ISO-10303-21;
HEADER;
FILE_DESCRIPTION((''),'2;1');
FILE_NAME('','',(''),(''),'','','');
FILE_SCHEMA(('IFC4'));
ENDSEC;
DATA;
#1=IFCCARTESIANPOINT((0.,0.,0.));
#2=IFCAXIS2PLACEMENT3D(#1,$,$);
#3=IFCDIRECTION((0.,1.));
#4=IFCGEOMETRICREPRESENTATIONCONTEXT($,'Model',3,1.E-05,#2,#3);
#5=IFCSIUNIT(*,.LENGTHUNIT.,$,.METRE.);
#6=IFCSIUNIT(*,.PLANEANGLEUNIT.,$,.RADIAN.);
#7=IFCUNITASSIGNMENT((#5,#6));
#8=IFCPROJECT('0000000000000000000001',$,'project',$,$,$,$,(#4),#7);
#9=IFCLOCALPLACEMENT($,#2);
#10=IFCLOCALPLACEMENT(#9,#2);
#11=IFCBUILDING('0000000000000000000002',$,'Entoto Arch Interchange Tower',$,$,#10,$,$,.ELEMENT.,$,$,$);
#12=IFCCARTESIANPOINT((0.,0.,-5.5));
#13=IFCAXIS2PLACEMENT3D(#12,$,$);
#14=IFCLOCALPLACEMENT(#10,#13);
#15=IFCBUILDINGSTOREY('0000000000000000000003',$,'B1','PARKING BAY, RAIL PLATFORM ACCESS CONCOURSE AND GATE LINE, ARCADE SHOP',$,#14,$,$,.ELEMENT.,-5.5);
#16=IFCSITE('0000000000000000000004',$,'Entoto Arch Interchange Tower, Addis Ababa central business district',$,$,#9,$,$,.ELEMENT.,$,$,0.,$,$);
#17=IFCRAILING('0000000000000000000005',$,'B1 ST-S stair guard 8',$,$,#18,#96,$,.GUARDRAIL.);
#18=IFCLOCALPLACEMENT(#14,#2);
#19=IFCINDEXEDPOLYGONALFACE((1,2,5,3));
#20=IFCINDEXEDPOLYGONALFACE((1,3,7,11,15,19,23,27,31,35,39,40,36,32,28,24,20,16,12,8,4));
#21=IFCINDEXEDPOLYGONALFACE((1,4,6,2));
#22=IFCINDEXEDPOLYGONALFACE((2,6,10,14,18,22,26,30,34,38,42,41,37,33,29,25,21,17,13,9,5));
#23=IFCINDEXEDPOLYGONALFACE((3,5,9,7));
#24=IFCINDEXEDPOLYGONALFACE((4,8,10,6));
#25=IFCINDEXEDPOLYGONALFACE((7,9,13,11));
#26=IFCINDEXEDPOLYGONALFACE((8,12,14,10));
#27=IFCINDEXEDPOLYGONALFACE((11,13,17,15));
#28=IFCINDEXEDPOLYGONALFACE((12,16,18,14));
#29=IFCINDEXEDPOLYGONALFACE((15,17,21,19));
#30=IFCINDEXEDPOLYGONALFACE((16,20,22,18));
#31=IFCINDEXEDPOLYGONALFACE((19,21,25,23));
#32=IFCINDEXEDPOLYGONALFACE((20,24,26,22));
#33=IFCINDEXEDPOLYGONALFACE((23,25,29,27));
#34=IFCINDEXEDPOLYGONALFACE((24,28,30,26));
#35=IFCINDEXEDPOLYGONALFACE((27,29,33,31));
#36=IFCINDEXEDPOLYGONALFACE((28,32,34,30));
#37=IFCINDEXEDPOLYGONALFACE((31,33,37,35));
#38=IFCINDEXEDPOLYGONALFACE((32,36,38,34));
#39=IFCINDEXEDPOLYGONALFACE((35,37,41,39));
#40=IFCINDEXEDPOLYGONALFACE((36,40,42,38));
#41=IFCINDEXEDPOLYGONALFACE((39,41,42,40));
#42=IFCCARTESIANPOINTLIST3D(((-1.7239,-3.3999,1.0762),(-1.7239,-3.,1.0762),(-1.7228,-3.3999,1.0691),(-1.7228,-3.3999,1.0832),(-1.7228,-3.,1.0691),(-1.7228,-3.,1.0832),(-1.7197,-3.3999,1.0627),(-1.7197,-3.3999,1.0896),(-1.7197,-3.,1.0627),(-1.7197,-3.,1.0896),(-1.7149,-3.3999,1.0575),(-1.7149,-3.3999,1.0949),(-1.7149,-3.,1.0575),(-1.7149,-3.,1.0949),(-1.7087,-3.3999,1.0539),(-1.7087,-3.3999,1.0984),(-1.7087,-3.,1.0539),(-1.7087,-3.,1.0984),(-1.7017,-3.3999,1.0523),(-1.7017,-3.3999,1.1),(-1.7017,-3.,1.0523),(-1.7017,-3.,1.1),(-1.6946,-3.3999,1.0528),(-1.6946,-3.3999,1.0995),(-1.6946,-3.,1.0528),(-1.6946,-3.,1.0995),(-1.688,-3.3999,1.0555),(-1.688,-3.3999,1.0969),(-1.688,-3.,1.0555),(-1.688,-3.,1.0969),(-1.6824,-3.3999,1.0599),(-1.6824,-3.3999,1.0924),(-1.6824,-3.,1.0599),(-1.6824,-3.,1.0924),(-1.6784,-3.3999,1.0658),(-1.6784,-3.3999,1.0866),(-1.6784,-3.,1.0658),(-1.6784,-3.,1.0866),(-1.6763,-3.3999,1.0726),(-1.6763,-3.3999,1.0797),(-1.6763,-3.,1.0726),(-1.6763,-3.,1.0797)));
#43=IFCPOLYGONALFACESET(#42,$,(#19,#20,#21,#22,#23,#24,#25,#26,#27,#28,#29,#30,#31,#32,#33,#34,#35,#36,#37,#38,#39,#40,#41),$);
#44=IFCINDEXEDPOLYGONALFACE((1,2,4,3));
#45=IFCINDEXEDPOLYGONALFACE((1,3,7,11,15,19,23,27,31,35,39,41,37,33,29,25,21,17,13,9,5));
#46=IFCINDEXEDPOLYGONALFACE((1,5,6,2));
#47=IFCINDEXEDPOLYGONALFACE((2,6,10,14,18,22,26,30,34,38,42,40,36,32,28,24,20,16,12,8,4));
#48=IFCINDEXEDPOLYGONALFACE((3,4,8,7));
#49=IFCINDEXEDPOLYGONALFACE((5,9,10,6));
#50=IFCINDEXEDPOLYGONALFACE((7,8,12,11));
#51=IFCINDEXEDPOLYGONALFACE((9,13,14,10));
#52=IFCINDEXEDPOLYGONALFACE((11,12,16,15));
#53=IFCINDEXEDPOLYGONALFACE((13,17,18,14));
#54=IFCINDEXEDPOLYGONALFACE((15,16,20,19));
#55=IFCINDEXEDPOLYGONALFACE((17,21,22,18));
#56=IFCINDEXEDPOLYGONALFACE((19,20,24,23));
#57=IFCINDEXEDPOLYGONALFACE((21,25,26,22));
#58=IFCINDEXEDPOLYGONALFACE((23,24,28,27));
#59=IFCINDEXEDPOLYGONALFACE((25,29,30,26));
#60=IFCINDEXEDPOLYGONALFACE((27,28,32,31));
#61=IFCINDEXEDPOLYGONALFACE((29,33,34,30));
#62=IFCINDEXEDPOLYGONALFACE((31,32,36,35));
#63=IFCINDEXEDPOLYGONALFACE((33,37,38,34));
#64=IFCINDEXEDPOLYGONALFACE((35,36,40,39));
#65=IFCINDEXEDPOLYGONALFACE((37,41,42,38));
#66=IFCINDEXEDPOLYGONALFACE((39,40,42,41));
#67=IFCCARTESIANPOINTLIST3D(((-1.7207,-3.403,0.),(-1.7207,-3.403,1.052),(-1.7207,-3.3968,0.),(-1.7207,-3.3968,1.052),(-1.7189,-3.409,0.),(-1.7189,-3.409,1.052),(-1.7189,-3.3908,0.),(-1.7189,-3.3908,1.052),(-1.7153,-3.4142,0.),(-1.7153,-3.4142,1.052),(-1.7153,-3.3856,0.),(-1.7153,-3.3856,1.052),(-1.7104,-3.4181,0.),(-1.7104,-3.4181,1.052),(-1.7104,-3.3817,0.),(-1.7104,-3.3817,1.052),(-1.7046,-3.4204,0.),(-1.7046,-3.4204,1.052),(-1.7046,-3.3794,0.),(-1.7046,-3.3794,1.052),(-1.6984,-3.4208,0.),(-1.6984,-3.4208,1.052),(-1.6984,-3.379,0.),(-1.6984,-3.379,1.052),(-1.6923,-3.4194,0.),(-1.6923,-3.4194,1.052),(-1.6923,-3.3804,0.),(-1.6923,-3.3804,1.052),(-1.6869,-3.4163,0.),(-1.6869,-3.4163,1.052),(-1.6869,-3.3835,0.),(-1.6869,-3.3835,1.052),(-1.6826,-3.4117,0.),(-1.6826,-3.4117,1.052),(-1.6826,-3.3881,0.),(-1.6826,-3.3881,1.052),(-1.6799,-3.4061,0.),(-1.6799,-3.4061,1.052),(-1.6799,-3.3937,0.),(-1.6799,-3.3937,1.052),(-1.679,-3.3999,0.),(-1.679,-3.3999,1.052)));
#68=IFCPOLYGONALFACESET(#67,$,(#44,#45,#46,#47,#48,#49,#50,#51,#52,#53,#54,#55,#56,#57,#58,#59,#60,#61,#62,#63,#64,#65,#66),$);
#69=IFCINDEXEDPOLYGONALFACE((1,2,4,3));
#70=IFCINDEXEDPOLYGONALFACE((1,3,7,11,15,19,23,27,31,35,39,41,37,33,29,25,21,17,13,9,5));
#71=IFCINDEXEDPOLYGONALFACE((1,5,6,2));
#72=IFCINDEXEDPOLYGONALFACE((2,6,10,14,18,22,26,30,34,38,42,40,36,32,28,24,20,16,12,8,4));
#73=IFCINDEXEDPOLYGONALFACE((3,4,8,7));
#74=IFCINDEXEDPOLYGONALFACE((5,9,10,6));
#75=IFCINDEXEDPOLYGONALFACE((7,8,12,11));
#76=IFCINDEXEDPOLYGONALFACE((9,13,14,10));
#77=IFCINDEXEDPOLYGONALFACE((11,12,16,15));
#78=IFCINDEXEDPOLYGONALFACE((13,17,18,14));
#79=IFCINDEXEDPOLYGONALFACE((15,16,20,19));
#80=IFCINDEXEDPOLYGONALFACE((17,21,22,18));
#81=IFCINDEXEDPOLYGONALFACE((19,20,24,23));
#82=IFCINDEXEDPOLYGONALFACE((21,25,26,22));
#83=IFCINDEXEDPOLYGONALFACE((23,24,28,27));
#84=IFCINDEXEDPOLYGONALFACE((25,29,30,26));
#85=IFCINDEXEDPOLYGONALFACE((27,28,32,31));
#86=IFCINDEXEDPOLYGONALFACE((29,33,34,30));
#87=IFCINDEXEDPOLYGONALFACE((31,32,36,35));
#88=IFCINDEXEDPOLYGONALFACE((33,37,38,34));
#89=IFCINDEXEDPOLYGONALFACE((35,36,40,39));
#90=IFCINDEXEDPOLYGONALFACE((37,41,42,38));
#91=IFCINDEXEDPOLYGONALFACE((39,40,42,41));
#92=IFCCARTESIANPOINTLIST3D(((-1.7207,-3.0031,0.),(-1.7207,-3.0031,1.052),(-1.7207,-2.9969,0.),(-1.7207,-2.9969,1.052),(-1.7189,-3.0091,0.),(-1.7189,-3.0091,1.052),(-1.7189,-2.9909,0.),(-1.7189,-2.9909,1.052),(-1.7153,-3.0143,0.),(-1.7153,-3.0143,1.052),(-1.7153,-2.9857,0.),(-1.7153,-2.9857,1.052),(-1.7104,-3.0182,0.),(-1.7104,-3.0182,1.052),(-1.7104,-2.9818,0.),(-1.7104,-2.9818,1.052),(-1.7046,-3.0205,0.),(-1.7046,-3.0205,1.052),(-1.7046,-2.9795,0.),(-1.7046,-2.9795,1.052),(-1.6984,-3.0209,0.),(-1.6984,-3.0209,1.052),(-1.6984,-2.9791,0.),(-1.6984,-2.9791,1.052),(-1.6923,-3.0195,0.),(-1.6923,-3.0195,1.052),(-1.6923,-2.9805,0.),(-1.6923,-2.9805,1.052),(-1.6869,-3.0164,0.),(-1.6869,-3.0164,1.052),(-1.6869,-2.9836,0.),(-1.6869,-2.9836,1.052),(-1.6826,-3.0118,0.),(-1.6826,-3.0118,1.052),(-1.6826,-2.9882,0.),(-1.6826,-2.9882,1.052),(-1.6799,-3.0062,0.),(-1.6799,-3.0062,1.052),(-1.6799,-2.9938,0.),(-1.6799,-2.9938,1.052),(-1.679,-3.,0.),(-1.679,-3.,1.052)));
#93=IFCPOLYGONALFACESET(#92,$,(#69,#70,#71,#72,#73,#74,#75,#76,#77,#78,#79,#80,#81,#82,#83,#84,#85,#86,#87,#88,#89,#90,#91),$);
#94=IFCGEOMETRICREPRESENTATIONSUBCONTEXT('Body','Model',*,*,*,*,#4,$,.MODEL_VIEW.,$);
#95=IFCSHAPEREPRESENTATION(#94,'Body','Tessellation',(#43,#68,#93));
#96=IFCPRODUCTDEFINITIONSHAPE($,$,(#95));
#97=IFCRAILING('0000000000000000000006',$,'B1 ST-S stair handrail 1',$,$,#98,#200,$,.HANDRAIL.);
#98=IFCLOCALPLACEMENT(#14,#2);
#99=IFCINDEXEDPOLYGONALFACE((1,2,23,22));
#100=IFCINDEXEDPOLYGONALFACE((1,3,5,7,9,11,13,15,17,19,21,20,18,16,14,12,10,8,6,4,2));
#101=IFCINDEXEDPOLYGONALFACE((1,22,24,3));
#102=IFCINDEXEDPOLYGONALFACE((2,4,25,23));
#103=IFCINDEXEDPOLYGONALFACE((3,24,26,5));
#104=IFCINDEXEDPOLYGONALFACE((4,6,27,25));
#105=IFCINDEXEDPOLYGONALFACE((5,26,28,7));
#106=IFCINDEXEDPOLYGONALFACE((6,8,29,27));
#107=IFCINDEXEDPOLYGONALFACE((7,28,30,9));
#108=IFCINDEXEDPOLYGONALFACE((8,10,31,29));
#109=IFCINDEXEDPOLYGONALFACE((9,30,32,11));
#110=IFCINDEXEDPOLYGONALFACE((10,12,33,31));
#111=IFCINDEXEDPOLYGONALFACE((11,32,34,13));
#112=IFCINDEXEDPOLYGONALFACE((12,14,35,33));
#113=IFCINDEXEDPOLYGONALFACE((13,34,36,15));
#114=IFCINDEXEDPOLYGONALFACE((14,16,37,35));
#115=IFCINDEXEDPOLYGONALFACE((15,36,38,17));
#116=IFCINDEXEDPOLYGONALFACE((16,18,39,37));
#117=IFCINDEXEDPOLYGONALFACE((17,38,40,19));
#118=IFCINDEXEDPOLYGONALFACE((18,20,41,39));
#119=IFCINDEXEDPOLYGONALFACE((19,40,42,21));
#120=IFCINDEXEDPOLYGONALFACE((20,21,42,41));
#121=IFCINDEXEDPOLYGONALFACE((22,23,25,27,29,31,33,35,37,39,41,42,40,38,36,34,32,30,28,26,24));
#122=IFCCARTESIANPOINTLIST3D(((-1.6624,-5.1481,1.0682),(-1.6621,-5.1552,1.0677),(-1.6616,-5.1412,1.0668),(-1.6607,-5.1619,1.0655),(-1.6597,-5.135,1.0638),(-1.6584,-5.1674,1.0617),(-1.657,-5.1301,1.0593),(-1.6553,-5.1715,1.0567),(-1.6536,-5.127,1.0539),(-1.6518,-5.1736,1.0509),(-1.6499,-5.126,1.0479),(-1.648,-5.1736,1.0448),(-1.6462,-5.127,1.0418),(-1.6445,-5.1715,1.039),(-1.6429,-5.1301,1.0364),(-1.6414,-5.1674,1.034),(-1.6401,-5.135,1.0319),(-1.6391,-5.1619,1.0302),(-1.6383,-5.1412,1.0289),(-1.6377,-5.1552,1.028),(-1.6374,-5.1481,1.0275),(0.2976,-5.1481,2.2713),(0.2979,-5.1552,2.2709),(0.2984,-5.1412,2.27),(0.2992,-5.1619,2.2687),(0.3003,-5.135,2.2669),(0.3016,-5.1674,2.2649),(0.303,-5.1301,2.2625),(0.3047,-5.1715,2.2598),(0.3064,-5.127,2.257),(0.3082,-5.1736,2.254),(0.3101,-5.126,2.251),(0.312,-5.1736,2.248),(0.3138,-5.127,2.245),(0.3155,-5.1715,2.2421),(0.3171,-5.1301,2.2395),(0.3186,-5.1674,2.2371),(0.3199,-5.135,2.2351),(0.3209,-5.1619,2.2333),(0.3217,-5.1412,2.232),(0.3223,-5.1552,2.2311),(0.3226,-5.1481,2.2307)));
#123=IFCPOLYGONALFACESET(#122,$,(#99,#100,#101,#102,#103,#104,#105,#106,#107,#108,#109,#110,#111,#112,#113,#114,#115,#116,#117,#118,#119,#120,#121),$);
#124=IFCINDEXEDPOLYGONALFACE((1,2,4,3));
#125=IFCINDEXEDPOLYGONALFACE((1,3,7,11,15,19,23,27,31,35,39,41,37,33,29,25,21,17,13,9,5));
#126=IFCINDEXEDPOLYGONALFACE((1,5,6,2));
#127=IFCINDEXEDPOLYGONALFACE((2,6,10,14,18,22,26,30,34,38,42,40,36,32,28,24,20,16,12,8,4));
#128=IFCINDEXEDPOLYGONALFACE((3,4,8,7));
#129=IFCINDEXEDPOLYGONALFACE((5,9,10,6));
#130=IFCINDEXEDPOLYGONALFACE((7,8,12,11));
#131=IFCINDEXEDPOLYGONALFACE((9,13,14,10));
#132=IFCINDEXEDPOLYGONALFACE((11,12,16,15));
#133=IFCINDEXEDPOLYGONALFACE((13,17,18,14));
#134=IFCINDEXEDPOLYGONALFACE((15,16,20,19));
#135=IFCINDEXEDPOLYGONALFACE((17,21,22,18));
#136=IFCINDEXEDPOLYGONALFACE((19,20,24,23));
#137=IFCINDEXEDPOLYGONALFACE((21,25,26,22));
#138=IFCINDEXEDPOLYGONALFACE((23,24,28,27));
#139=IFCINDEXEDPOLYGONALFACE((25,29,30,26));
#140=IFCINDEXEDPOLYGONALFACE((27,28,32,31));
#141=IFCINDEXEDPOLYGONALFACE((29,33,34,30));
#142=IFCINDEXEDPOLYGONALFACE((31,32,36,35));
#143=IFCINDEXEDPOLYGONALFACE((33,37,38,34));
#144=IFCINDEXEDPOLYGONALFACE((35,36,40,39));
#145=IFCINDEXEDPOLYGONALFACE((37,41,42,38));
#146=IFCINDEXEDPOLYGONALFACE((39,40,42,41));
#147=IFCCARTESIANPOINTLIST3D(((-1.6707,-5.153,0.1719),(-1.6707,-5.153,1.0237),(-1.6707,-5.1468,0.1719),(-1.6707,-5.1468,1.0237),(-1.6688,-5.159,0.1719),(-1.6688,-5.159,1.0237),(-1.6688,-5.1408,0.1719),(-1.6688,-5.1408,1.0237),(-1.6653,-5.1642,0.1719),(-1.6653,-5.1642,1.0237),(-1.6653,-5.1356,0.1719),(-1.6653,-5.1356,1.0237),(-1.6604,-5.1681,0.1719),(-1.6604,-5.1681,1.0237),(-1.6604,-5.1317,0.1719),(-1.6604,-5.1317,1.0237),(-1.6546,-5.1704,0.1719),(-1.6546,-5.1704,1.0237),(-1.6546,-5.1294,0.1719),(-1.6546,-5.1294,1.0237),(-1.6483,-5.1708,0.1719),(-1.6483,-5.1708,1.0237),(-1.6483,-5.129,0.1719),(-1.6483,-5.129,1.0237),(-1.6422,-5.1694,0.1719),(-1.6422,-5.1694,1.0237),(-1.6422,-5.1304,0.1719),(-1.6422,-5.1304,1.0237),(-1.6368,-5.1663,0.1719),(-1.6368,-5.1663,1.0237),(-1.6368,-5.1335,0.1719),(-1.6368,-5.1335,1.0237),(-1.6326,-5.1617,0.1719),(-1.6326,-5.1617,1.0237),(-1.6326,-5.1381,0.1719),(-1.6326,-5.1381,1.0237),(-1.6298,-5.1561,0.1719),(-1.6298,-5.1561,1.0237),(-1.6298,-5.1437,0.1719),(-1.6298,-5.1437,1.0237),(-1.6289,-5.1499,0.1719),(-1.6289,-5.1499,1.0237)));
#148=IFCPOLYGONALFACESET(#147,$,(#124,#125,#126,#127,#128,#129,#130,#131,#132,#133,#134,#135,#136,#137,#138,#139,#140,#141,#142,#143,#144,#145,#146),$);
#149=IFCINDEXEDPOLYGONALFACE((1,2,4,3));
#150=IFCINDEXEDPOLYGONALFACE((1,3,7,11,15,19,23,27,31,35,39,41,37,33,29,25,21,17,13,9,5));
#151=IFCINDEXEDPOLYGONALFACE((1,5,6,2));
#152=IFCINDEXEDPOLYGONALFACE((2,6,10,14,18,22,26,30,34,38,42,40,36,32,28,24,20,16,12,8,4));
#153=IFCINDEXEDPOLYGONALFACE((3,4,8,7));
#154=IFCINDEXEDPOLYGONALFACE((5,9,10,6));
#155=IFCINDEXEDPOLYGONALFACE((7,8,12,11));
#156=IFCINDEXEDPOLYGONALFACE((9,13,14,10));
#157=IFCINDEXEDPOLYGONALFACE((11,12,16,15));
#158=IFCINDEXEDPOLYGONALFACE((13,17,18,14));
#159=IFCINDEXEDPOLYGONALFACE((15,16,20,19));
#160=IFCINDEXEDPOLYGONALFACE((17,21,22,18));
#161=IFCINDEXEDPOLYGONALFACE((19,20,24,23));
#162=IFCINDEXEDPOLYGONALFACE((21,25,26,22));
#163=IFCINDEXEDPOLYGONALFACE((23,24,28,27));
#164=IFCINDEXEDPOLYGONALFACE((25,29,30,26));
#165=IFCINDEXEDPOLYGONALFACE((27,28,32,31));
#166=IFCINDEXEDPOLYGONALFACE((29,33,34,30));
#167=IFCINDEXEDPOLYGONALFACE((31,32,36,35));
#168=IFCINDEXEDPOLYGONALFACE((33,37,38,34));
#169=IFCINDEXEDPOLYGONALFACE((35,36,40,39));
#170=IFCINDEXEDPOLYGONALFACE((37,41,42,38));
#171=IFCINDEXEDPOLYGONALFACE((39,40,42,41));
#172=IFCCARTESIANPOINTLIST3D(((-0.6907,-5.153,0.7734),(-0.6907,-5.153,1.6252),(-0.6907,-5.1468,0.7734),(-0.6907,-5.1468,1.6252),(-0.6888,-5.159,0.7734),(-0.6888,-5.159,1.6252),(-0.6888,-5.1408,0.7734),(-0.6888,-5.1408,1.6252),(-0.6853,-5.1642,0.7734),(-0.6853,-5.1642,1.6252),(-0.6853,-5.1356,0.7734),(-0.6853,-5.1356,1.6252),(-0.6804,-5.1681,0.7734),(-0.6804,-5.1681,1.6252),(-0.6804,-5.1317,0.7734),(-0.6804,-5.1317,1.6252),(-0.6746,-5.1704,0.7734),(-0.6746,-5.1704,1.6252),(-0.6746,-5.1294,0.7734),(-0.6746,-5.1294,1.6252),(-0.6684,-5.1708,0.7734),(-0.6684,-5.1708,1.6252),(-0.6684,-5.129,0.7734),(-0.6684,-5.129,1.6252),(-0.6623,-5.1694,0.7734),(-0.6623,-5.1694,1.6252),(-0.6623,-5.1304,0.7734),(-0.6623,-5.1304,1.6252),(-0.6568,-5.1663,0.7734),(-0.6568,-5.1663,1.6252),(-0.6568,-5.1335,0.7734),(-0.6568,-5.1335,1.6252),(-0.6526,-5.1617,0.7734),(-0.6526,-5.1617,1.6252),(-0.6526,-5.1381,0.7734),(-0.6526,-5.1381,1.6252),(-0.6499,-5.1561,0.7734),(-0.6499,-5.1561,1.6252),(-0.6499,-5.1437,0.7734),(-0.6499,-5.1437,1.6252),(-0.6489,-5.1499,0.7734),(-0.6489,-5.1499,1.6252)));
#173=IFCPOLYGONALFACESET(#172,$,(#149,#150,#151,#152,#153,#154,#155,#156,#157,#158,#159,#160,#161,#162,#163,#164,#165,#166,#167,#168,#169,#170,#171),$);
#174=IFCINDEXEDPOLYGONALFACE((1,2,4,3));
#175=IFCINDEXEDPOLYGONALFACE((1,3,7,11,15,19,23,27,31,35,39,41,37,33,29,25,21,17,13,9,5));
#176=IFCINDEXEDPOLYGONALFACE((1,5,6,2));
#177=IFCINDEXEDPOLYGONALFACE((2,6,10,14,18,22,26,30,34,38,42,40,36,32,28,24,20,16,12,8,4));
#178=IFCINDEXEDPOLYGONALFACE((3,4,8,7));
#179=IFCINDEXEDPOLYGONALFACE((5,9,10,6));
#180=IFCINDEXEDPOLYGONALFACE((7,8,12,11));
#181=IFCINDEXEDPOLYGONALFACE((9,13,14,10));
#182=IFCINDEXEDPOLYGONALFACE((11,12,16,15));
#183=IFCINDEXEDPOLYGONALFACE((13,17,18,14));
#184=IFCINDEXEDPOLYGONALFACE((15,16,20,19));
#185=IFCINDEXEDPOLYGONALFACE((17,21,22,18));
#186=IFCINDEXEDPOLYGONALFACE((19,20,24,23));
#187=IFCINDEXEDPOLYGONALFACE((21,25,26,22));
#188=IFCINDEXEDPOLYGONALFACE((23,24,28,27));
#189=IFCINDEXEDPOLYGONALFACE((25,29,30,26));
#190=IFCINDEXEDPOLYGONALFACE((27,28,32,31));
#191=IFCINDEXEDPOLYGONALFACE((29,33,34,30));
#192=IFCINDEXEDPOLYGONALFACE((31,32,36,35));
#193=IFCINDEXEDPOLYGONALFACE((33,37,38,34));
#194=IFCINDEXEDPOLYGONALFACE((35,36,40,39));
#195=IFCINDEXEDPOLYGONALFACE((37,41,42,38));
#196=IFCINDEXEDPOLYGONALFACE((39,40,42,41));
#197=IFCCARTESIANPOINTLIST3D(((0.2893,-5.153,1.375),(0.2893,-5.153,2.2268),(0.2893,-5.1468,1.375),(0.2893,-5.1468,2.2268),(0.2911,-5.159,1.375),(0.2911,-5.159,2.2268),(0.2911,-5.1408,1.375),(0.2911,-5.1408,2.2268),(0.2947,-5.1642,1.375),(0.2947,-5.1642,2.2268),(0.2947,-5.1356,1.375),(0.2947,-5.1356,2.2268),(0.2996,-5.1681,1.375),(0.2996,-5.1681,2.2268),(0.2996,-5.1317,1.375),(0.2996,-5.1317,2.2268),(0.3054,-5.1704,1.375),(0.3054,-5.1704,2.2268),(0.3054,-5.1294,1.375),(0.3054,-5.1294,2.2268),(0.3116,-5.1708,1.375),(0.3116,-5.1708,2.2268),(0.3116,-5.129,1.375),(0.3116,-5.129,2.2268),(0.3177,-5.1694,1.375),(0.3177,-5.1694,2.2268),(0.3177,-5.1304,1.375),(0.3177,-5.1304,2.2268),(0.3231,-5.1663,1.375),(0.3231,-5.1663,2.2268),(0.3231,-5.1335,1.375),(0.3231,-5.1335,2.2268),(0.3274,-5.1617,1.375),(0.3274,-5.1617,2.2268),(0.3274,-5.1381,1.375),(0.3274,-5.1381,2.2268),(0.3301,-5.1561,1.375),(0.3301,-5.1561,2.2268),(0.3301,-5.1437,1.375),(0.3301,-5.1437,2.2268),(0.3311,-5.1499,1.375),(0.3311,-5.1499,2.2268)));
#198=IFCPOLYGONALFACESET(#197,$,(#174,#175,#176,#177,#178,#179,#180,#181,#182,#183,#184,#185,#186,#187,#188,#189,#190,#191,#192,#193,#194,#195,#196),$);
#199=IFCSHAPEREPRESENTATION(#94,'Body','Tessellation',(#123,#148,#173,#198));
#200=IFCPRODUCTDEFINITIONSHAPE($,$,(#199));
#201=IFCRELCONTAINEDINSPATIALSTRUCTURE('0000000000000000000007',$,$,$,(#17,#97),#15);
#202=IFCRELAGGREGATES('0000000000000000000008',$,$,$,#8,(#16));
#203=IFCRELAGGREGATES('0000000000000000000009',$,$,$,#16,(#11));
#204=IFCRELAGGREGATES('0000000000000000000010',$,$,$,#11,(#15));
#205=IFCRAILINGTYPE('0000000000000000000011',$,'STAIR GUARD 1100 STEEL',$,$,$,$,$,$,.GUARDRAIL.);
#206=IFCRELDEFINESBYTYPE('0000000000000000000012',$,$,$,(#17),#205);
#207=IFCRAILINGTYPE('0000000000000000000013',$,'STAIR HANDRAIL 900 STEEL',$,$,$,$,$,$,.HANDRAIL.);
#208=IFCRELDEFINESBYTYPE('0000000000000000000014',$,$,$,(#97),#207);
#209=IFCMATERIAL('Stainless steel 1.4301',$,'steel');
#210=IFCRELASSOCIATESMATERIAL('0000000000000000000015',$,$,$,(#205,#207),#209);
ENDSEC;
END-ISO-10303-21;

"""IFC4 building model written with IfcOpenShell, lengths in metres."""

from ifc_helpers import new_model, si_unit, direction, frame, origin, origin_2d, place, context, subcontext, project, spatial, circle, extrude, material, type_object, element, save


model = new_model("IFC4")

# Units and contexts
model_context = context("Model", 3, precision=1e-05, world=origin(), true_north=direction((0.0, 1.0)))
body_context = subcontext(model_context, "Body", "Model", "MODEL_VIEW")
ifc_project = project(units=[si_unit("LENGTHUNIT", "METRE"), si_unit("PLANEANGLEUNIT", "RADIAN")], contexts=[model_context])

# Site, building, storey
site_placement = place(None, origin())
site = spatial("IfcSite", under=ifc_project, at=site_placement, Name="Entoto Arch Interchange Tower, Addis Ababa central business district", CompositionType="ELEMENT", RefElevation=0.0)
building_placement = place(site_placement, origin())
building = spatial("IfcBuilding", under=site, at=building_placement, Name="Entoto Arch Interchange Tower", CompositionType="ELEMENT")
storey_placement = place(building_placement, frame((0.0, 0.0, -5.5)))
storey = spatial("IfcBuildingStorey", under=building, at=storey_placement, Name="B1", Description="PARKING BAY, RAIL PLATFORM ACCESS CONCOURSE AND GATE LINE, ARCADE SHOP", CompositionType="ELEMENT", Elevation=-5.5)

# Railings
ifc_material_1 = material(Name="Stainless steel 1.4301", Category="steel")
railing_type_1 = type_object("IfcRailingType", Name="STAIR GUARD 1100 STEEL", PredefinedType="GUARDRAIL", material=ifc_material_1)
railing_1_placement = place(storey_placement, frame((-1.7, -3.3999, 0.0)))
element("IfcRailing", 1, at=railing_1_placement, inside=storey, type_object=railing_type_1, Name="B1 ST-S stair guard 8", PredefinedType="GUARDRAIL", context=body_context, shape_type="SweptSolid", body=[
    extrude(circle(Radius=0.0239, at=origin_2d()), frame((0.0, 0.0, 1.0762), z_axis=(0.0, 1.0, 0.0), x_axis=(-1.0, 0.0, 0.0)), (0.0, 0.0, 1.0), 0.3999),
    extrude(circle(Radius=0.021, at=origin_2d()), origin(), (0.0, 0.0, 1.0), 1.052),
    extrude(circle(Radius=0.021, at=origin_2d()), frame((0.0, 0.3999, 0.0)), (0.0, 0.0, 1.0), 1.052),
])
railing_type_2 = type_object("IfcRailingType", Name="STAIR HANDRAIL 900 STEEL", PredefinedType="HANDRAIL", material=ifc_material_1)
for number, where, name in (
    (2, (-1.6499, -5.1499, 0.1719), "B1 ST-S stair handrail 1"),
):
    element("IfcRailing", number, at=place(storey_placement, frame(where)), inside=storey, type_object=railing_type_2, Name=name, PredefinedType="HANDRAIL", context=body_context, shape_type="SweptSolid", body=[
        extrude(circle(Radius=0.0239, at=origin_2d()), frame((0.0, 0.0, 0.876), z_axis=(0.852241, 0.0, 0.523149), x_axis=(0.0, 1.0, 0.0)), (0.0, 0.0, 1.0), 2.2998),
        extrude(circle(Radius=0.021, at=origin_2d()), origin(), (0.0, 0.0, 1.0), 0.8518),
        extrude(circle(Radius=0.021, at=origin_2d()), frame((0.98, 0.0, 0.6016)), (0.0, 0.0, 1.0), 0.8518),
        extrude(circle(Radius=0.021, at=origin_2d()), frame((1.96, 0.0, 1.2031)), (0.0, 0.0, 1.0), 0.8518),
    ])

save(model, "model.ifc")
